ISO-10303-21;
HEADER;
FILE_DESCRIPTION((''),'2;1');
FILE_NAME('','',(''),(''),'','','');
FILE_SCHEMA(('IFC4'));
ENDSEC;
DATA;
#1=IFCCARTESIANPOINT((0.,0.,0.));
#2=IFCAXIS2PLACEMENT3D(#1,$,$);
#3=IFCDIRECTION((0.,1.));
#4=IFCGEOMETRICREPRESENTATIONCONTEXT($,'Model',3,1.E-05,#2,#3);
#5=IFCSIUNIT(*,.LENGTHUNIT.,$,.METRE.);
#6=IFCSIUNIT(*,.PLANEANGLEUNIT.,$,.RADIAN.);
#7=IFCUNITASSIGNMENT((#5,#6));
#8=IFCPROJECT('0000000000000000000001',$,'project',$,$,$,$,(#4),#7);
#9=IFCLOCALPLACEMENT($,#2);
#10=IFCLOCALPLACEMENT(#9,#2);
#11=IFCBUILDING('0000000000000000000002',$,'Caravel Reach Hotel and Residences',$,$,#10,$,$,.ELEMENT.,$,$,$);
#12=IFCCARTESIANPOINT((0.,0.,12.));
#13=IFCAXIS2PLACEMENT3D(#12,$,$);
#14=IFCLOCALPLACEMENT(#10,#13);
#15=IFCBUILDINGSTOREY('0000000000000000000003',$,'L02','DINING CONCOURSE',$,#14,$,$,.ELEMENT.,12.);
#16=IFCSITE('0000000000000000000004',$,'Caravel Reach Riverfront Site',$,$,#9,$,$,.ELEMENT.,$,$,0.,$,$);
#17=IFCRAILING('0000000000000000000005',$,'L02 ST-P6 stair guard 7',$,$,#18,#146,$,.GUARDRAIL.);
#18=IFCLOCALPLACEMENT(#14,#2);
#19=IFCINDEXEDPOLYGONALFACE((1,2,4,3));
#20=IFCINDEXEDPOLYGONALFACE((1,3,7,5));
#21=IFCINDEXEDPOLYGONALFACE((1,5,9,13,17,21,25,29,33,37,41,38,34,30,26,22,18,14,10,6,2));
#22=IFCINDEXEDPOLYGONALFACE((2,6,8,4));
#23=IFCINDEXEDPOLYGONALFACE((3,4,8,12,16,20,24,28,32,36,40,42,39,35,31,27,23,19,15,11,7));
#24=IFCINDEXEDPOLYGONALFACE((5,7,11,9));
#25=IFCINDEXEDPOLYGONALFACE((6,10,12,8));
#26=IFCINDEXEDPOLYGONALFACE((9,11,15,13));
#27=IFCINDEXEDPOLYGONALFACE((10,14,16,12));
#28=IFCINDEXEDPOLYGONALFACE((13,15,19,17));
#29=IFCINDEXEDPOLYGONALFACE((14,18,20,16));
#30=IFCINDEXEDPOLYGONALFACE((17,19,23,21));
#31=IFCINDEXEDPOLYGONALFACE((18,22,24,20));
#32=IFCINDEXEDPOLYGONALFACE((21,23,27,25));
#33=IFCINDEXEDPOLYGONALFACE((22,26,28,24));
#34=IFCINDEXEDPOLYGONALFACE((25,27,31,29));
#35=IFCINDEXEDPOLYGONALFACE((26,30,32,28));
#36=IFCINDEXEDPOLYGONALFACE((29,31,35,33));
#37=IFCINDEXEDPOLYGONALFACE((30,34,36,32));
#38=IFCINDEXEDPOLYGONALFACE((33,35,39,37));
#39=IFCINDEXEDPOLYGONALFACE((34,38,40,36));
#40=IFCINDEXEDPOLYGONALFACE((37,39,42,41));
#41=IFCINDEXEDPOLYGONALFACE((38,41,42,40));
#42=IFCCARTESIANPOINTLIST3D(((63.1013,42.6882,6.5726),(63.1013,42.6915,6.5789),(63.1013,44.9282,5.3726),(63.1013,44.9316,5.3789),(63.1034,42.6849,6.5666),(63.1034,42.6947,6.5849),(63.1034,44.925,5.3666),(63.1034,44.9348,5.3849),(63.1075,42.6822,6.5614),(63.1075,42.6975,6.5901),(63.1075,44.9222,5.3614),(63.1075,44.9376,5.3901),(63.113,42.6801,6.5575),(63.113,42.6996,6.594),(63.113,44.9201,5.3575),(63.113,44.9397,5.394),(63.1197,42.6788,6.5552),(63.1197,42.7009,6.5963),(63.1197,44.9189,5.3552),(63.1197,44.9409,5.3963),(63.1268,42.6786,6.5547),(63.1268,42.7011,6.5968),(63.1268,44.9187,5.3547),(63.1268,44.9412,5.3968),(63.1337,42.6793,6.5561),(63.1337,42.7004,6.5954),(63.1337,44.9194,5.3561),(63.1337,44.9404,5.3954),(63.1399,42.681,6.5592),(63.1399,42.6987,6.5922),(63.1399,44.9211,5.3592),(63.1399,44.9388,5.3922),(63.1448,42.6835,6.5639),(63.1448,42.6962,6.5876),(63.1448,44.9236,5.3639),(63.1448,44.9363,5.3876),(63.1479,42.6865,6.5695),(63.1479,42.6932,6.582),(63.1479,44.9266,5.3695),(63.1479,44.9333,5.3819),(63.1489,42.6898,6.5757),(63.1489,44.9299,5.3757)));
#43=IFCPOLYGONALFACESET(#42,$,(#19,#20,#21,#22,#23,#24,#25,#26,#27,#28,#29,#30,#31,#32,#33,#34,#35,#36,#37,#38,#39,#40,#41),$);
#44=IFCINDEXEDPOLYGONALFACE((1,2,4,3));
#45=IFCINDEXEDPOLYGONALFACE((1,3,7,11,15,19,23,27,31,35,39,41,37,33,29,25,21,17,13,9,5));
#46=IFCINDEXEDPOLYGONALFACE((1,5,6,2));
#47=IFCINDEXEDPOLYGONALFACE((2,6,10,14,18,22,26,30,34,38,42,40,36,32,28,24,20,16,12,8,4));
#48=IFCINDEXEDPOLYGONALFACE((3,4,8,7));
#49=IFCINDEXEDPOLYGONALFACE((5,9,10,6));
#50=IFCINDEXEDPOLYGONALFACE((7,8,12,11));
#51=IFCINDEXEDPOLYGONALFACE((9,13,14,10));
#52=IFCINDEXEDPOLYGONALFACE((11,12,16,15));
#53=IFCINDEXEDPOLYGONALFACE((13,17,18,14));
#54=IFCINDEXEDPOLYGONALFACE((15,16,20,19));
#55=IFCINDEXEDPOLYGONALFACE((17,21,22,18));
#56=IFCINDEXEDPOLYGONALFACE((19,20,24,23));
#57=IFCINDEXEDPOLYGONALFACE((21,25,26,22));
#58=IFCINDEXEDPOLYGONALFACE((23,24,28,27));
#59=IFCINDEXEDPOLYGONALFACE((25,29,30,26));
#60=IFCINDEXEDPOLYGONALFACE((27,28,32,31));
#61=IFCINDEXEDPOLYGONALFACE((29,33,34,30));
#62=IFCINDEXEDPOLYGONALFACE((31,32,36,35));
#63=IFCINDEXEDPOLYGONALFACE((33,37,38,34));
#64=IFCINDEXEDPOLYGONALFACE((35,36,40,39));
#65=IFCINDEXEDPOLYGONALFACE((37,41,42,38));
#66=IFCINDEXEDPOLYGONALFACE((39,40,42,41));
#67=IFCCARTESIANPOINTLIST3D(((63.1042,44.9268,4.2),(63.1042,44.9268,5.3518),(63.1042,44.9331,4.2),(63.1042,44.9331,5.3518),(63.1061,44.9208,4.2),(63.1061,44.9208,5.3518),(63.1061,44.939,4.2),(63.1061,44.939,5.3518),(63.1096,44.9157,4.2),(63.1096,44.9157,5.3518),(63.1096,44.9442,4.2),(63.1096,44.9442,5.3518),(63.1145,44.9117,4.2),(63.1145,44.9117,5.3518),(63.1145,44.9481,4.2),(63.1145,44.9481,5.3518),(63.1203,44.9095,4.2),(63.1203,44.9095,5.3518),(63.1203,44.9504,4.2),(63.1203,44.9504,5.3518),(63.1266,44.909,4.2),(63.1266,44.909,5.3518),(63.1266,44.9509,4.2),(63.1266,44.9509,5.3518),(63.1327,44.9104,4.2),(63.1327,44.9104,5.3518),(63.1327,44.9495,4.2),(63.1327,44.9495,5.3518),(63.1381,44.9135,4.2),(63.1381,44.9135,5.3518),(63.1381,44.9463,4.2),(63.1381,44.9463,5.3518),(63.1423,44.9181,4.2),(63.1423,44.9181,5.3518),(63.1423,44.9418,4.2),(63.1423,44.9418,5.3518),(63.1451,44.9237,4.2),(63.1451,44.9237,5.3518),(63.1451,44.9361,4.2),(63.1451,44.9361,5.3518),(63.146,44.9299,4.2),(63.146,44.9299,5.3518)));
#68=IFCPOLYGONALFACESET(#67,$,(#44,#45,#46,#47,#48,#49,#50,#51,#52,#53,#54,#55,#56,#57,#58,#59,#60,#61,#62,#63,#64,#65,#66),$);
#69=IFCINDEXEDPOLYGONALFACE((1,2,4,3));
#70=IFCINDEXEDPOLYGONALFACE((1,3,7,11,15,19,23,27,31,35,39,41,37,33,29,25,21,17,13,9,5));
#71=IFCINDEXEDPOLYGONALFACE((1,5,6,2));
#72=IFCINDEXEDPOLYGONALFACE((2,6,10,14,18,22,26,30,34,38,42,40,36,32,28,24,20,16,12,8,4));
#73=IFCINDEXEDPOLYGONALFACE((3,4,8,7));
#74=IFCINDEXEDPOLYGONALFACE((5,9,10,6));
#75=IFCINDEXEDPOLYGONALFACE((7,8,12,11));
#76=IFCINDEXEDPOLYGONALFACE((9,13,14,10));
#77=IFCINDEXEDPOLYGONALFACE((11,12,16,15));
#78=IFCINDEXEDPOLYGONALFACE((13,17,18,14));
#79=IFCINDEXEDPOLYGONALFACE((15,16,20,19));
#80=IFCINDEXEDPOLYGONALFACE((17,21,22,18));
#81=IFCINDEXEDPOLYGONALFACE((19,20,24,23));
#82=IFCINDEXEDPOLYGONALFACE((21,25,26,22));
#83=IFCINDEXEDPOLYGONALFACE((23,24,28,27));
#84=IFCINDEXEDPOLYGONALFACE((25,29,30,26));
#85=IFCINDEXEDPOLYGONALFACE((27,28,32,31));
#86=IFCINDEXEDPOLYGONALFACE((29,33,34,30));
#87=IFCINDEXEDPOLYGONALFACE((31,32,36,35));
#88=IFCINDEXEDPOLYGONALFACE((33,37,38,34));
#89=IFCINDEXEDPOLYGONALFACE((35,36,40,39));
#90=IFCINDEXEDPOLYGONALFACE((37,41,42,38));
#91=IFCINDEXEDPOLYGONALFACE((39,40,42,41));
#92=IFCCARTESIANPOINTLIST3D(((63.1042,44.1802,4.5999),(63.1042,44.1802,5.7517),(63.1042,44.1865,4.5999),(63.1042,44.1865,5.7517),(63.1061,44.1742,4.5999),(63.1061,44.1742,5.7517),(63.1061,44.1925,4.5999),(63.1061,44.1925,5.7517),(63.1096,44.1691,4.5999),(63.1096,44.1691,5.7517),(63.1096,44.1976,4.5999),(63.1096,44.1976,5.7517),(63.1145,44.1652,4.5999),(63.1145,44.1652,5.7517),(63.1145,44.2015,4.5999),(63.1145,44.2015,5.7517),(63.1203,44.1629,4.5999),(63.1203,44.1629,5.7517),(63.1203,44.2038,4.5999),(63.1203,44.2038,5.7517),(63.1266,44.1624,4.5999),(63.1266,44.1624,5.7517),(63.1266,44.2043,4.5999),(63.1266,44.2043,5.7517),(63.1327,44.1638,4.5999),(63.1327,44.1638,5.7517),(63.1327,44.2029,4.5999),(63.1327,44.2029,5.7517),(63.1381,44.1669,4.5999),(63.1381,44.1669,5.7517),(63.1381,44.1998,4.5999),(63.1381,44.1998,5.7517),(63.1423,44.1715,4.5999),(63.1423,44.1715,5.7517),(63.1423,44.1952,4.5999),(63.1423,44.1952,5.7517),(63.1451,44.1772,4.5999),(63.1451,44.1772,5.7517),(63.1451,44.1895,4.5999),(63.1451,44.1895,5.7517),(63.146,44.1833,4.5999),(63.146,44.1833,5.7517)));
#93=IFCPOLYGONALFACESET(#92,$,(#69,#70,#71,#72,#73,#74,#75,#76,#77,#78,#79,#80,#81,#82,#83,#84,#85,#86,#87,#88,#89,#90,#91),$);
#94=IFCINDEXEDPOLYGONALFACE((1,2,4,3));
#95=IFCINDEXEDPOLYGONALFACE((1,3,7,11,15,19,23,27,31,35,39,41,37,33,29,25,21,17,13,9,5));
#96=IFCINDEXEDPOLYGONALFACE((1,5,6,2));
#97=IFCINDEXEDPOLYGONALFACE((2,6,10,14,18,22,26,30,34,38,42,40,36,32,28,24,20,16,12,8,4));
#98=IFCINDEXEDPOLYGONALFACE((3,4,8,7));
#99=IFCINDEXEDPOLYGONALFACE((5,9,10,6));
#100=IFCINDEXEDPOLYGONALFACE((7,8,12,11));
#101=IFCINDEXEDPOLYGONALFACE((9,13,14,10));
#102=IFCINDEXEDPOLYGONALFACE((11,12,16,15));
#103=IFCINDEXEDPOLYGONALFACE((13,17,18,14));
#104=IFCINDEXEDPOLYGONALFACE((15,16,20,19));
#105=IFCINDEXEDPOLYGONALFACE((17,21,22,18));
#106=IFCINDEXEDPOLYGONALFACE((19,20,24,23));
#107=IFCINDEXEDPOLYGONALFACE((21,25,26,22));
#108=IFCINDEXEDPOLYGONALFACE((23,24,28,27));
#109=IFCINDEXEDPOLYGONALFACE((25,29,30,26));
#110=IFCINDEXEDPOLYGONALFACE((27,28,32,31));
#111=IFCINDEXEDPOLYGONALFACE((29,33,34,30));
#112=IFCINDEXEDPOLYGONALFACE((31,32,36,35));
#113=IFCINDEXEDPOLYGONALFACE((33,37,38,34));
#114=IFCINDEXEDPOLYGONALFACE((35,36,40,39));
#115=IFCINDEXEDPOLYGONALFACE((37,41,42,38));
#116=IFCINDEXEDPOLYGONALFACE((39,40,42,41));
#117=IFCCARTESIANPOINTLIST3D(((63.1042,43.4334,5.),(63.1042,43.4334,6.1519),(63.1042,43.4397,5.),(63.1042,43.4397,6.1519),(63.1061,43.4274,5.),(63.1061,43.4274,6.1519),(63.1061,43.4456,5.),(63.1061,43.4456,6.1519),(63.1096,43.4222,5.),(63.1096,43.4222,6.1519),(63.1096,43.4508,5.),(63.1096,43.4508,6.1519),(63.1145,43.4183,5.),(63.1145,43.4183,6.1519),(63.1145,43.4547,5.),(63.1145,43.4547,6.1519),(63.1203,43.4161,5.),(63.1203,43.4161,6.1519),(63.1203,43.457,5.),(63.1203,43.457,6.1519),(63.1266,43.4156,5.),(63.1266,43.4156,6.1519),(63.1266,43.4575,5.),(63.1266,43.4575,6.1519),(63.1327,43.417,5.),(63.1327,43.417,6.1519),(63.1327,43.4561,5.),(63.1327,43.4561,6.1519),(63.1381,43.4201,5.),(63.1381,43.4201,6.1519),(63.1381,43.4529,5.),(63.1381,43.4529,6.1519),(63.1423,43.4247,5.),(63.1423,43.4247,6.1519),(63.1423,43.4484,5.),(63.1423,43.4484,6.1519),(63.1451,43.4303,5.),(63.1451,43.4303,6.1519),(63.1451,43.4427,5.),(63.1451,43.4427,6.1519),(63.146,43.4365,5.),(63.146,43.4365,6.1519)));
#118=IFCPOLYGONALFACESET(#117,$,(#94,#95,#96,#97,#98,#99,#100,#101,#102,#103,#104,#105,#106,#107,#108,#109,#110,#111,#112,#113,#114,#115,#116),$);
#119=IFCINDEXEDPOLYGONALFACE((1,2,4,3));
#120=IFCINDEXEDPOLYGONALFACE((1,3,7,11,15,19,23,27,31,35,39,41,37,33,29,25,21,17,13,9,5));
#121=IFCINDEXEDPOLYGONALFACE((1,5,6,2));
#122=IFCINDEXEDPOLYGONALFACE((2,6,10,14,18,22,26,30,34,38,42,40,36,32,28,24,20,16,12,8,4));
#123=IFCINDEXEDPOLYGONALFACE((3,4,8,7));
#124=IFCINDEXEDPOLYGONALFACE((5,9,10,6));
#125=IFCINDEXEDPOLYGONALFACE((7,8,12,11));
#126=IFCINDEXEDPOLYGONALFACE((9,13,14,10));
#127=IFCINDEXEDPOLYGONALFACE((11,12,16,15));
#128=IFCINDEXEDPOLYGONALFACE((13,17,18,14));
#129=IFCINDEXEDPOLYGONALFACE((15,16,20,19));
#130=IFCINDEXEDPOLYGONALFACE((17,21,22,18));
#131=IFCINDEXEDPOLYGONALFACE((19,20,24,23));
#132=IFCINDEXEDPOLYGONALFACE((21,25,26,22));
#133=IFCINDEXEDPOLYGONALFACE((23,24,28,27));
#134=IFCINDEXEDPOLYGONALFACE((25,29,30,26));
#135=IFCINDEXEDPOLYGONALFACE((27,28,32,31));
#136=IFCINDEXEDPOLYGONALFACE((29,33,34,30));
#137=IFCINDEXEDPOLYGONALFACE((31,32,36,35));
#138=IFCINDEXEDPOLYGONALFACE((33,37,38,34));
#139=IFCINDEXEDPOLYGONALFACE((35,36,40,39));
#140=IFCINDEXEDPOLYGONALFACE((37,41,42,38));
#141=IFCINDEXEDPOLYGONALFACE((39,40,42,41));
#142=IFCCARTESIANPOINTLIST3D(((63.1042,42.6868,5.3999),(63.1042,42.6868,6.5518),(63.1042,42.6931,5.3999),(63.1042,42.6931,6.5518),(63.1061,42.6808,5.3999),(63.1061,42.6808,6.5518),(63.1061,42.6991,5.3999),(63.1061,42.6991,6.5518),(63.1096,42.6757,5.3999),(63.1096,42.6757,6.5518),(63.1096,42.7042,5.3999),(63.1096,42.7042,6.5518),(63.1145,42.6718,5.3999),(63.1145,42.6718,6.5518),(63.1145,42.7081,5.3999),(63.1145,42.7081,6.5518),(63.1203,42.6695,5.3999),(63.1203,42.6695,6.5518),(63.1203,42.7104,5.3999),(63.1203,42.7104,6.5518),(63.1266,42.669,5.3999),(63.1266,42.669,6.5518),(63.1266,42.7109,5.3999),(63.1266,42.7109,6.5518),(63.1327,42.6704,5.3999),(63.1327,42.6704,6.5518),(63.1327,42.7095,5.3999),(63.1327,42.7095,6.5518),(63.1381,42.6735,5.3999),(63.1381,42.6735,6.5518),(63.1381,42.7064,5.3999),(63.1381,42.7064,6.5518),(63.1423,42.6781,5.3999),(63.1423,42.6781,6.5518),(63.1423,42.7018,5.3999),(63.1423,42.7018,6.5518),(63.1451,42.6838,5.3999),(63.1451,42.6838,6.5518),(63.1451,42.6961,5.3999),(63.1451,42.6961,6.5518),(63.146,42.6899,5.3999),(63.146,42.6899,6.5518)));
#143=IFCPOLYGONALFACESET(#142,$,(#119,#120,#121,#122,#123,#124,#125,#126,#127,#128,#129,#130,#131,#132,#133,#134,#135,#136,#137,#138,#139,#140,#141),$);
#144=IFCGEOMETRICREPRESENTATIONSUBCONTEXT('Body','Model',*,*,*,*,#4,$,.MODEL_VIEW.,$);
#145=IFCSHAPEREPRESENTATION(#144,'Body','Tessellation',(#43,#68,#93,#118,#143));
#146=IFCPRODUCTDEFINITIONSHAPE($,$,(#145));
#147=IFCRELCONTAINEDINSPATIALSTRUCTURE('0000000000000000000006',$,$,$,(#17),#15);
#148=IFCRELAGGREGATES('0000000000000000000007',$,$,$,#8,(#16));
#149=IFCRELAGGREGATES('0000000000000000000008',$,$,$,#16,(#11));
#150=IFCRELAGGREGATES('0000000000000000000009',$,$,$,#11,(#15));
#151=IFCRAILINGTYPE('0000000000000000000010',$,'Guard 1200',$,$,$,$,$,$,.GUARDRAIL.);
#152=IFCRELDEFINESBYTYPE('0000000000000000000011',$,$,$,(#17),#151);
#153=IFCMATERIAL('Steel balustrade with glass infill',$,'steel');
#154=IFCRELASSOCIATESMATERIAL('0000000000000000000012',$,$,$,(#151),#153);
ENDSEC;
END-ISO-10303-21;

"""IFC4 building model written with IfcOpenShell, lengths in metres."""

from ifc_helpers import new_model, si_unit, direction, frame, origin, origin_2d, place, context, subcontext, project, spatial, circle, extrude, material, type_object, element, save


model = new_model("IFC4")

# Units and contexts
model_context = context("Model", 3, precision=1e-05, world=origin(), true_north=direction((0.0, 1.0)))
body_context = subcontext(model_context, "Body", "Model", "MODEL_VIEW")
ifc_project = project(units=[si_unit("LENGTHUNIT", "METRE"), si_unit("PLANEANGLEUNIT", "RADIAN")], contexts=[model_context])

# Site, building, storey
site_placement = place(None, origin())
site = spatial("IfcSite", under=ifc_project, at=site_placement, Name="Caravel Reach Riverfront Site", CompositionType="ELEMENT", RefElevation=0.0)
building_placement = place(site_placement, origin())
building = spatial("IfcBuilding", under=site, at=building_placement, Name="Caravel Reach Hotel and Residences", CompositionType="ELEMENT")
storey_placement = place(building_placement, frame((0.0, 0.0, 12.0)))
storey = spatial("IfcBuildingStorey", under=building, at=storey_placement, Name="L02", Description="DINING CONCOURSE", CompositionType="ELEMENT", Elevation=12.0)

# Railing
ifc_material_1 = material(Name="Steel balustrade with glass infill", Category="steel")
railing_type = type_object("IfcRailingType", Name="Guard 1200", PredefinedType="GUARDRAIL", material=ifc_material_1)
railing_placement = place(storey_placement, frame((63.125, 44.9299, 4.2)))
element("IfcRailing", 1, at=railing_placement, inside=storey, type_object=railing_type, Name="L02 ST-P6 stair guard 7", PredefinedType="GUARDRAIL", context=body_context, shape_type="SweptSolid", body=[
    extrude(circle(Radius=0.0239, at=origin_2d()), frame((0.0, 0.0, 1.1758), z_axis=(0.0, -0.881487, 0.472208), x_axis=(1.0, 0.0, 0.0)), (0.0, 0.0, 1.0), 2.5413),
    extrude(circle(Radius=0.021, at=origin_2d()), origin(), (0.0, 0.0, 1.0), 1.1519),
    extrude(circle(Radius=0.021, at=origin_2d()), frame((0.0, -0.7466, 0.3999)), (0.0, 0.0, 1.0), 1.1519),
    extrude(circle(Radius=0.021, at=origin_2d()), frame((0.0, -1.4934, 0.8)), (0.0, 0.0, 1.0), 1.1519),
    extrude(circle(Radius=0.021, at=origin_2d()), frame((0.0, -2.24, 1.2)), (0.0, 0.0, 1.0), 1.1519),
])

save(model, "model.ifc")
